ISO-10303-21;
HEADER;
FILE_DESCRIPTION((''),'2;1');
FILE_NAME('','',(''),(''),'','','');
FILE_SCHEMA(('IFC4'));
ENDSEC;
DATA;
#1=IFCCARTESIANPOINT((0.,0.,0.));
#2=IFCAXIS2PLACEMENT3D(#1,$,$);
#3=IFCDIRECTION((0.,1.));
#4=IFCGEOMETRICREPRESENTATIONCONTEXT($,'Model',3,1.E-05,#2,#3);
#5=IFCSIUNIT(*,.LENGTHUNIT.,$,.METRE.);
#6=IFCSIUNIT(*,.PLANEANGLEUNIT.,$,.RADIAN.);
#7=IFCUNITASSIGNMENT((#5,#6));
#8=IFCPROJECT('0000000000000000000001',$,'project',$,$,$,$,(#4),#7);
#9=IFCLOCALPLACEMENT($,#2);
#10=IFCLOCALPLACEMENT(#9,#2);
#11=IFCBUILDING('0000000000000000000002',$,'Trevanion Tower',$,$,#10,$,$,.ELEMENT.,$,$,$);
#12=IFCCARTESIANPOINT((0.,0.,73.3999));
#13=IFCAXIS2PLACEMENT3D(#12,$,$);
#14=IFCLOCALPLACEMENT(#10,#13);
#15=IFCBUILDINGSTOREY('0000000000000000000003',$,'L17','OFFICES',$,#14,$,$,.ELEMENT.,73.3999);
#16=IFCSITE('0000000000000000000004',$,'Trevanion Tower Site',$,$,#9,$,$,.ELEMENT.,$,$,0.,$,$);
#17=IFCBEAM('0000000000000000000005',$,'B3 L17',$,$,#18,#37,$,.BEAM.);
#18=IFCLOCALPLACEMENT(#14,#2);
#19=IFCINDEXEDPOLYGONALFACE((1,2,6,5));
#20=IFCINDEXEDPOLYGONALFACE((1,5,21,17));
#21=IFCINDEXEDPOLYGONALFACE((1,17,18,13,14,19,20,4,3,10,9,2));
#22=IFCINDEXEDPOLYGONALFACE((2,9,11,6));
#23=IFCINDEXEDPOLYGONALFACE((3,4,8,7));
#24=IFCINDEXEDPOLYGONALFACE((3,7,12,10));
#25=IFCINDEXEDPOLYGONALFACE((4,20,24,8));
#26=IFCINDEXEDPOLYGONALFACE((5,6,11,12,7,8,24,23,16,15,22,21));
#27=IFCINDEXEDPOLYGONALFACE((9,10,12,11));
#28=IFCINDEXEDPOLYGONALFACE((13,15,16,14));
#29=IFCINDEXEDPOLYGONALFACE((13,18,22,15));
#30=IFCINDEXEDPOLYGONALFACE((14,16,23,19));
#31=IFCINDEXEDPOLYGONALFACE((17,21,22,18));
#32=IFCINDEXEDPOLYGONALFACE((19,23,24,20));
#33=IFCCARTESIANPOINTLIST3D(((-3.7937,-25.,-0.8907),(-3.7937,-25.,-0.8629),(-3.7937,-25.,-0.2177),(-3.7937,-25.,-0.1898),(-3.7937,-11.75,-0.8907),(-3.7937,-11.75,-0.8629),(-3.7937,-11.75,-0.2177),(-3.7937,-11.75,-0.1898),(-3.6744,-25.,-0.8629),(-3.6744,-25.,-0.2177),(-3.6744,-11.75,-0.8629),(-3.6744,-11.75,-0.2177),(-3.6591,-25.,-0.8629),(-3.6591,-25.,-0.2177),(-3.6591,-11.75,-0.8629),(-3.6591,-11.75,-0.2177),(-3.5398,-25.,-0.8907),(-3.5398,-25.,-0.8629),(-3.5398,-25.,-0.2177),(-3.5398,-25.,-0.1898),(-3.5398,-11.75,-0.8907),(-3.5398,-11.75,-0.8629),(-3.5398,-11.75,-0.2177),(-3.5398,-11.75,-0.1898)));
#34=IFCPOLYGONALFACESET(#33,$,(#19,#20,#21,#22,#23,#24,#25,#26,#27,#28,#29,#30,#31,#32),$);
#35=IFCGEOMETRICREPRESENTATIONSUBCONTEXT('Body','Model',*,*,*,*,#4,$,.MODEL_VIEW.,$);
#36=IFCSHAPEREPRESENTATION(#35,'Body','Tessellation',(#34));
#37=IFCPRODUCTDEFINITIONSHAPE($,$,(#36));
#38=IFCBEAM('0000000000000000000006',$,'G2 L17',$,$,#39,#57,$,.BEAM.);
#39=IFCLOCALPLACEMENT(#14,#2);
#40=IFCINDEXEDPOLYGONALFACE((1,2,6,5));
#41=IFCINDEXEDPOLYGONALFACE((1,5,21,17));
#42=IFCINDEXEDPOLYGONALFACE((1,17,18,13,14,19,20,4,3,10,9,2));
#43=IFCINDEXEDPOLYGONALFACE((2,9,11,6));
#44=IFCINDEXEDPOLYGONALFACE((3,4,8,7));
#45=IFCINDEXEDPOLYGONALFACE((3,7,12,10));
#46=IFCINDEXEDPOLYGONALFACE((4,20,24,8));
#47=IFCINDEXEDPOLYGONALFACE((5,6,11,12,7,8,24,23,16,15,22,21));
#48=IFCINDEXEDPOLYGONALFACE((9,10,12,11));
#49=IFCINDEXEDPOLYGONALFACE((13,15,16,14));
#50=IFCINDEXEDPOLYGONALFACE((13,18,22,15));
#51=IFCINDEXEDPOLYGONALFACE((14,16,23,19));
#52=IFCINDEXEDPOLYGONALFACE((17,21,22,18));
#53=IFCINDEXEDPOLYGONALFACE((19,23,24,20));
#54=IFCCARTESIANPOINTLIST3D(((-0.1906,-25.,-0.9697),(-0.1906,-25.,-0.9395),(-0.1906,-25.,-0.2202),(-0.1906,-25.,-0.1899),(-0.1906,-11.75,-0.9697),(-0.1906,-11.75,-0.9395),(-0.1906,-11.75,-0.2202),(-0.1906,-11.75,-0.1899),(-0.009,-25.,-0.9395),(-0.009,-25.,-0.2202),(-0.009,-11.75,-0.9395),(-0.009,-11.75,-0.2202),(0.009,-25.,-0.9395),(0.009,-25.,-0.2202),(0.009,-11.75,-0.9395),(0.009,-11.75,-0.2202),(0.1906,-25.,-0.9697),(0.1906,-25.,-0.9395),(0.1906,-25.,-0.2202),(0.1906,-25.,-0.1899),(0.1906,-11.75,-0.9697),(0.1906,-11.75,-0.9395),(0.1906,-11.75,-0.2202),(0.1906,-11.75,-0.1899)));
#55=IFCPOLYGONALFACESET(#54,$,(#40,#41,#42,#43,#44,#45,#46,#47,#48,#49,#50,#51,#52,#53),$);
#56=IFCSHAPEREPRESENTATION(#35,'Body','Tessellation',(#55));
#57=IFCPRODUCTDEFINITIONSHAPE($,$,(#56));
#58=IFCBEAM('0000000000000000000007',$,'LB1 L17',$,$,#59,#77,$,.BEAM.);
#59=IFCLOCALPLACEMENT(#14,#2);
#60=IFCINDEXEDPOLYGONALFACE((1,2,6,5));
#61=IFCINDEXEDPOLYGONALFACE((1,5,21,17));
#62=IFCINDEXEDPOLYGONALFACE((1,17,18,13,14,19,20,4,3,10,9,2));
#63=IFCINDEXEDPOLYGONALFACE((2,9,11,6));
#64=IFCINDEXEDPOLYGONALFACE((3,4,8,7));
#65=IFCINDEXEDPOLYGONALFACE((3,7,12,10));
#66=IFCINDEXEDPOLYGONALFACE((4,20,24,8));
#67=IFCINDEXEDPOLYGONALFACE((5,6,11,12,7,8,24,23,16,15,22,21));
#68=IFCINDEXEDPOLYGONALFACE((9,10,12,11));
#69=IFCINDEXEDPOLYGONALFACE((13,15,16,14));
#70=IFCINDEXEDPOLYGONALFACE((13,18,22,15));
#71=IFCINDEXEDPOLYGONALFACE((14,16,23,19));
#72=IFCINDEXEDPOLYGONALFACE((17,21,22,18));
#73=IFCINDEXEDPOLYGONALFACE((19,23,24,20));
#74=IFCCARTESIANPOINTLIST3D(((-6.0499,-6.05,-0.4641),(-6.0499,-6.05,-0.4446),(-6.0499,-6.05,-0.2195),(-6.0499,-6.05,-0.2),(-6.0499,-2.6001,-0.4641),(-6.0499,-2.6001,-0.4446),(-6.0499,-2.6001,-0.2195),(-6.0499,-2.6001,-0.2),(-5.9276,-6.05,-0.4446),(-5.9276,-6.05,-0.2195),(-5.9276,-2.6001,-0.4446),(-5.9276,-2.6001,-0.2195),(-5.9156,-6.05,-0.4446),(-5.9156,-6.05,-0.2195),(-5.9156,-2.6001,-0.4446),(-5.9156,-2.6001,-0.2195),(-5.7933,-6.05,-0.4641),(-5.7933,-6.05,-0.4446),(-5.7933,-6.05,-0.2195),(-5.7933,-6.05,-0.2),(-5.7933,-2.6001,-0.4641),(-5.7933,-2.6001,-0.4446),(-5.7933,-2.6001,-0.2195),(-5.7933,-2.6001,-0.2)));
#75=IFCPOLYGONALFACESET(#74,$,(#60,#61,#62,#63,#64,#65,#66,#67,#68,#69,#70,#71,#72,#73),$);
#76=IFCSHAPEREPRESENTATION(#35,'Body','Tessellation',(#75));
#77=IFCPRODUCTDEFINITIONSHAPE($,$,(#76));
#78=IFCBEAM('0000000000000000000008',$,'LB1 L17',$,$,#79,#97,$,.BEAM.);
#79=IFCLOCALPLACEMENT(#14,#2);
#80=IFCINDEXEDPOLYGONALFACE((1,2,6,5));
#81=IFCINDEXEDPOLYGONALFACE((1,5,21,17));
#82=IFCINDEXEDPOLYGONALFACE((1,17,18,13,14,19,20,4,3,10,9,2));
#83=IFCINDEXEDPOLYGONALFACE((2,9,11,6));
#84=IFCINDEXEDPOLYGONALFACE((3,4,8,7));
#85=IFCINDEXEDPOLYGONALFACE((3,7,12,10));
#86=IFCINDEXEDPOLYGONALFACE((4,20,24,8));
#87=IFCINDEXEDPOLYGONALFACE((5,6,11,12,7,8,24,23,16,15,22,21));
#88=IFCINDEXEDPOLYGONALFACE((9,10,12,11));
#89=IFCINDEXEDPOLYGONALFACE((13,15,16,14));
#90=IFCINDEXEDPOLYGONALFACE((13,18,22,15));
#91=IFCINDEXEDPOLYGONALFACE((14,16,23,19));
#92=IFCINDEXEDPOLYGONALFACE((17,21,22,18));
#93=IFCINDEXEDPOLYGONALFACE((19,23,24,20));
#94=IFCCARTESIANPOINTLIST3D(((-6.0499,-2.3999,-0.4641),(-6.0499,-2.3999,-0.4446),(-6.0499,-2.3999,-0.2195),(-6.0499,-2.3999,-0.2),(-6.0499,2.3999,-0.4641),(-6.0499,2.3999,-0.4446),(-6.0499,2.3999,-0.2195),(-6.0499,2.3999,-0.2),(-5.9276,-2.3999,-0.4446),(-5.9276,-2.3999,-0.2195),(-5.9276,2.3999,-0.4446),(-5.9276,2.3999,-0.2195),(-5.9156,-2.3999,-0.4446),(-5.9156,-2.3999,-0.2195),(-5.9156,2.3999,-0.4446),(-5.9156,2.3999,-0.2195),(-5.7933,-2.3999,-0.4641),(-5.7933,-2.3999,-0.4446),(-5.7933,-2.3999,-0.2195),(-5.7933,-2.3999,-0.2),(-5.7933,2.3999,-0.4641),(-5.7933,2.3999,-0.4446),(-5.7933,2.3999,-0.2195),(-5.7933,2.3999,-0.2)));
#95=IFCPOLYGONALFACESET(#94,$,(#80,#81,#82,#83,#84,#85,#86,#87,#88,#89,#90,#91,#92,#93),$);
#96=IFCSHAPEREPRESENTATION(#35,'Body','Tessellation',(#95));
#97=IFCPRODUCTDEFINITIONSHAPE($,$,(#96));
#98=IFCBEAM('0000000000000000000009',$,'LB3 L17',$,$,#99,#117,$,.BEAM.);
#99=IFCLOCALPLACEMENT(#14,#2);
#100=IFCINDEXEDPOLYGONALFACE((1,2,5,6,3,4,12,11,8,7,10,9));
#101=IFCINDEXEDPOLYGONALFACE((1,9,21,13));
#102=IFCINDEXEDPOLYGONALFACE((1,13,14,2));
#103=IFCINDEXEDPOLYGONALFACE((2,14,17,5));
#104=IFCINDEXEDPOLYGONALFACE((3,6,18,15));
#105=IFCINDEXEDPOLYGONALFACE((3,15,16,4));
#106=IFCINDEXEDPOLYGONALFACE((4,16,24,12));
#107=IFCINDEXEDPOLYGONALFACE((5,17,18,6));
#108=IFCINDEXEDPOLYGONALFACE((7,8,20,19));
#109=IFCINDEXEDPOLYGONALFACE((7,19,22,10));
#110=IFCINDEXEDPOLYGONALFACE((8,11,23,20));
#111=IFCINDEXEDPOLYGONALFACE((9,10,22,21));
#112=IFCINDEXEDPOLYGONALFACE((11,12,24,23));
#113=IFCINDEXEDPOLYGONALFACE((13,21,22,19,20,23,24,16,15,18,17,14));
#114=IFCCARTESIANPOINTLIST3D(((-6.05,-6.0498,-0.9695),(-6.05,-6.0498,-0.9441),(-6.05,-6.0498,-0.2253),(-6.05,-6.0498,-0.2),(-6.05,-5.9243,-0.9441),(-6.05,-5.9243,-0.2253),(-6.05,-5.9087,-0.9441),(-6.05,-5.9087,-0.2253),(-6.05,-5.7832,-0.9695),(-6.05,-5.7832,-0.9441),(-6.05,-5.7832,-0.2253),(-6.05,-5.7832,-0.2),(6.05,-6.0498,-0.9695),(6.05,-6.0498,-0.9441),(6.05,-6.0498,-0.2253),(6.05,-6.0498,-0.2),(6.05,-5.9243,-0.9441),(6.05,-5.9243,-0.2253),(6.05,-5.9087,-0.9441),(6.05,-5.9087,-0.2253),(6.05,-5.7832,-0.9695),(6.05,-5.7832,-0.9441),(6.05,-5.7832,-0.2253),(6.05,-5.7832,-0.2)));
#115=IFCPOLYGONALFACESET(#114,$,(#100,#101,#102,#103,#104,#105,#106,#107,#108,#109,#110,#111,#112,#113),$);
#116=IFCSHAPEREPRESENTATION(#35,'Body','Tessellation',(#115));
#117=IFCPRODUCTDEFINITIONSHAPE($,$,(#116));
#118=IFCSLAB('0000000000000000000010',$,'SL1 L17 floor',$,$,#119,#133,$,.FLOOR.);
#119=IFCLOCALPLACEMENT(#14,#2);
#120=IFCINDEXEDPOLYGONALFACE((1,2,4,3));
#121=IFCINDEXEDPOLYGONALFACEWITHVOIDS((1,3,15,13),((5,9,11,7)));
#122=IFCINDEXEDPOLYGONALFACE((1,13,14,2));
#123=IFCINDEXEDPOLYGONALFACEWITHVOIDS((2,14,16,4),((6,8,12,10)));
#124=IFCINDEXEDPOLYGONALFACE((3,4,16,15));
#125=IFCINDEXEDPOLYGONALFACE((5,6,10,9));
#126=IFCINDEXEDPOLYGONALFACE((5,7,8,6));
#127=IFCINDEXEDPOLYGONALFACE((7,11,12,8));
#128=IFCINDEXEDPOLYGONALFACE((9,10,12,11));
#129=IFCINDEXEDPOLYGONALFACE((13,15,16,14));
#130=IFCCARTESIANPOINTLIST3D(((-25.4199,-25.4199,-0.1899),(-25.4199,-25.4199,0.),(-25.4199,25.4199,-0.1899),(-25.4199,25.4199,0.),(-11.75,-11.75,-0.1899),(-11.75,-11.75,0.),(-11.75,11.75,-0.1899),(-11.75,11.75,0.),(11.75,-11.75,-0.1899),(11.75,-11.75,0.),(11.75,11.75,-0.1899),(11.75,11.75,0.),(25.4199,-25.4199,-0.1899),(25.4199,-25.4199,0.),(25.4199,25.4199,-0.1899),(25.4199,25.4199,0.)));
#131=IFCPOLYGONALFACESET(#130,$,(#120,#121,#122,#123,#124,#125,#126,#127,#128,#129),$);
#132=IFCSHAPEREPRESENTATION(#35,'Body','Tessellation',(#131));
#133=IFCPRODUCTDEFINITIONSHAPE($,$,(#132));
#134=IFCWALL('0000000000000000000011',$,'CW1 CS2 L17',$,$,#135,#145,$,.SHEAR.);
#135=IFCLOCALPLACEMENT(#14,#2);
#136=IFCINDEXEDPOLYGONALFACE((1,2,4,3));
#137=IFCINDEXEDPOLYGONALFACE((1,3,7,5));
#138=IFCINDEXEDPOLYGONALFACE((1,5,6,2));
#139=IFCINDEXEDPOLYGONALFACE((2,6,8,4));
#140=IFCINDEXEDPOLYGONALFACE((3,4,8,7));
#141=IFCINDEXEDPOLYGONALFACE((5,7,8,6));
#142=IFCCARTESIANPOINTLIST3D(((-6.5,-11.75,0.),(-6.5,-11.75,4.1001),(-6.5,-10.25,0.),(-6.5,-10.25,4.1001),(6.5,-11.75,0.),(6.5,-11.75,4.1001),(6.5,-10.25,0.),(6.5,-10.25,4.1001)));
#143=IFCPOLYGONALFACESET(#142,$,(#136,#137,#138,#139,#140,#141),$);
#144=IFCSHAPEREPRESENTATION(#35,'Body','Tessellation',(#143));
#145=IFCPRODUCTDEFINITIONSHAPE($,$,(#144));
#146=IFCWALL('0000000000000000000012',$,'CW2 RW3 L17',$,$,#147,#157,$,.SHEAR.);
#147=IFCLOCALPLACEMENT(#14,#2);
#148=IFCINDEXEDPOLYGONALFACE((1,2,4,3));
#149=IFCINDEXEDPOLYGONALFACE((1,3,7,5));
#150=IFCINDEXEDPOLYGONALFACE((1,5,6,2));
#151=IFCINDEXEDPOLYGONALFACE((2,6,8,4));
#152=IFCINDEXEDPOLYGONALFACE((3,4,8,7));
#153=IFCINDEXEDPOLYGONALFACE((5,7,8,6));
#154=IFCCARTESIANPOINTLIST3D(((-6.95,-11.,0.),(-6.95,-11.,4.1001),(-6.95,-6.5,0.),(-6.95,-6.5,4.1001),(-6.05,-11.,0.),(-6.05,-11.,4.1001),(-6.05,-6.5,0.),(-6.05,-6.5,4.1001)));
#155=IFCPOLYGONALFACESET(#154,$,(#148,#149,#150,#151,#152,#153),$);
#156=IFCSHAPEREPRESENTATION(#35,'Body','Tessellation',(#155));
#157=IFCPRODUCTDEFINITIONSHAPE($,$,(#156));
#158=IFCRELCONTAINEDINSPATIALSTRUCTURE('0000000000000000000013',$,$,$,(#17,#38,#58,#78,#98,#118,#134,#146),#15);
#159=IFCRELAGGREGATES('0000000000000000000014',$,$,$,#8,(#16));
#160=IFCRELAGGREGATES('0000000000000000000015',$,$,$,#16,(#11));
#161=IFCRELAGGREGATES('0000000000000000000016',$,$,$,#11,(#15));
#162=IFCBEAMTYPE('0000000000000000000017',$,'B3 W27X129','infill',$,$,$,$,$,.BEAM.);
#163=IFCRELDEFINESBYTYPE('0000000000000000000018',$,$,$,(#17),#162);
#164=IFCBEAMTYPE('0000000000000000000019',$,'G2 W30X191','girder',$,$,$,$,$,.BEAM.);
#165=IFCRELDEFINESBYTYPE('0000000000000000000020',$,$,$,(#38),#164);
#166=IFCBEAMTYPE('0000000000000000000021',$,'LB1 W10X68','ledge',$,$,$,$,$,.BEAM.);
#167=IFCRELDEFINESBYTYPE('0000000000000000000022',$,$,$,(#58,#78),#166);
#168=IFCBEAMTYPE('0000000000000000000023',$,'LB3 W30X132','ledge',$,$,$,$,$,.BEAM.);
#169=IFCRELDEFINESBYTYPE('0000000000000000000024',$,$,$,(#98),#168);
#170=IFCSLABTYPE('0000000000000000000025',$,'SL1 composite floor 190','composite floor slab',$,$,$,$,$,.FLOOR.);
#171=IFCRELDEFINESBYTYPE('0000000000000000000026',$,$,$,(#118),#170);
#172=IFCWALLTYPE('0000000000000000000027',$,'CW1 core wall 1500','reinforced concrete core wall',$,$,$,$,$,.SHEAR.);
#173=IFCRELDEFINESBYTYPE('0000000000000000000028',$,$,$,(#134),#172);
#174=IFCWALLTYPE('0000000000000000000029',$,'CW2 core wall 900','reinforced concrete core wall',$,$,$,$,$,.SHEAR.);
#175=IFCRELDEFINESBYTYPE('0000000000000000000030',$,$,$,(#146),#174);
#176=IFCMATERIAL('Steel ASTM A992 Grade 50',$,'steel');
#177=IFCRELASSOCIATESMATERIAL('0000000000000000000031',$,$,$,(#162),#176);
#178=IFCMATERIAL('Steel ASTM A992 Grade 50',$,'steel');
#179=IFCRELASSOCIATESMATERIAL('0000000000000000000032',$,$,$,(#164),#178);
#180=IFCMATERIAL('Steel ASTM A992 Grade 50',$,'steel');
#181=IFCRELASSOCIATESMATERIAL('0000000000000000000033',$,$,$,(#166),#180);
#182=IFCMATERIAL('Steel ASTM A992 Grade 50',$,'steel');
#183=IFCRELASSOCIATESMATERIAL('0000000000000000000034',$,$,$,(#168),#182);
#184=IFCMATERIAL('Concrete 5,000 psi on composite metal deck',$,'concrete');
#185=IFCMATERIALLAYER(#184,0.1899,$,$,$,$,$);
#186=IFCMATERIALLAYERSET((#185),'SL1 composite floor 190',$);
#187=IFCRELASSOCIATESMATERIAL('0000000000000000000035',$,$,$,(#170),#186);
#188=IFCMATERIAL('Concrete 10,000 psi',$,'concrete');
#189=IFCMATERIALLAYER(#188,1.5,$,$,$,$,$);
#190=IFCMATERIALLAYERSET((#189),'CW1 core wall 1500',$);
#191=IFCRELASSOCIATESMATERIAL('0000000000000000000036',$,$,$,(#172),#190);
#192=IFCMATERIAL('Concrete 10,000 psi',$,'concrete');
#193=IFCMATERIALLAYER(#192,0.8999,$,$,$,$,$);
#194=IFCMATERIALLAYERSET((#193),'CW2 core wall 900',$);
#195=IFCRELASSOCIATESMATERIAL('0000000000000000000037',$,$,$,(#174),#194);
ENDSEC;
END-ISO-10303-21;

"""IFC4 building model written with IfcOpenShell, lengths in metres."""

from ifc_helpers import new_model, si_unit, direction, frame, frame_2d, origin, origin_2d, place, context, subcontext, project, spatial, polyline, rectangle, i_section, outline, extrude, material, layer, layer_set, material_profile, profile_set, type_object, element, save


model = new_model("IFC4")

# Units and contexts
model_context = context("Model", 3, precision=1e-05, world=origin(), true_north=direction((0.0, 1.0)))
body_context = subcontext(model_context, "Body", "Model", "MODEL_VIEW")
ifc_project = project(units=[si_unit("LENGTHUNIT", "METRE"), si_unit("PLANEANGLEUNIT", "RADIAN")], contexts=[model_context])

# Site, building, storey
site_placement = place(None, origin())
site = spatial("IfcSite", under=ifc_project, at=site_placement, Name="Trevanion Tower Site", CompositionType="ELEMENT", RefElevation=0.0)
building_placement = place(site_placement, origin())
building = spatial("IfcBuilding", under=site, at=building_placement, Name="Trevanion Tower", CompositionType="ELEMENT")
storey_placement = place(building_placement, frame((0.0, 0.0, 73.3999)))
storey = spatial("IfcBuildingStorey", under=building, at=storey_placement, Name="L17", Description="OFFICES", CompositionType="ELEMENT", Elevation=73.3999)

# Beams
ifc_material_1 = material(Name="Steel ASTM A992 Grade 50", Category="steel")
ifc_material_profile_1 = material_profile(ifc_material_1, i_section(OverallWidth=0.2539, OverallDepth=0.7009, WebThickness=0.0154, FlangeThickness=0.0278, at=origin_2d()), Name="W27X129")
ifc_profile_set_1 = profile_set([ifc_material_profile_1], Name="Steel ASTM A992 Grade 50")
beam_type_1 = type_object("IfcBeamType", Name="B3 W27X129", Description="infill", PredefinedType="BEAM", material=ifc_profile_set_1)
beam_1_placement = place(storey_placement, frame((-3.6667, -11.75, -0.5403), z_axis=(0.0, -1.0, 0.0), x_axis=(1.0, 0.0, 0.0)))
element("IfcBeam", 1, at=beam_1_placement, inside=storey, type_object=beam_type_1, Name="B3 L17", PredefinedType="BEAM", context=body_context, shape_type="SweptSolid", body=[
    extrude(i_section(OverallWidth=0.2539, OverallDepth=0.7009, WebThickness=0.0154, FlangeThickness=0.0278, at=origin_2d()), origin(), (0.0, 0.0, 1.0), 13.25),
])
ifc_material_2 = material(Name="Steel ASTM A992 Grade 50", Category="steel")
ifc_material_profile_2 = material_profile(ifc_material_2, i_section(OverallWidth=0.3811, OverallDepth=0.7798, WebThickness=0.0181, FlangeThickness=0.0303, at=origin_2d()), Name="W30X191")
ifc_profile_set_2 = profile_set([ifc_material_profile_2], Name="Steel ASTM A992 Grade 50")
beam_type_2 = type_object("IfcBeamType", Name="G2 W30X191", Description="girder", PredefinedType="BEAM", material=ifc_profile_set_2)
beam_2_placement = place(storey_placement, frame((0.0, -11.75, -0.5798), z_axis=(0.0, -1.0, 0.0), x_axis=(1.0, 0.0, 0.0)))
element("IfcBeam", 2, at=beam_2_placement, inside=storey, type_object=beam_type_2, Name="G2 L17", PredefinedType="BEAM", context=body_context, shape_type="SweptSolid", body=[
    extrude(i_section(OverallWidth=0.3811, OverallDepth=0.7798, WebThickness=0.0181, FlangeThickness=0.0303, at=origin_2d()), origin(), (0.0, 0.0, 1.0), 13.25),
])
ifc_material_3 = material(Name="Steel ASTM A992 Grade 50", Category="steel")
ifc_material_profile_3 = material_profile(ifc_material_3, i_section(OverallWidth=0.2566, OverallDepth=0.2642, WebThickness=0.012, FlangeThickness=0.0195, at=origin_2d()), Name="W10X68")
ifc_profile_set_3 = profile_set([ifc_material_profile_3], Name="Steel ASTM A992 Grade 50")
beam_type_3 = type_object("IfcBeamType", Name="LB1 W10X68", Description="ledge", PredefinedType="BEAM", material=ifc_profile_set_3)
beam_3_placement = place(storey_placement, frame((-5.9216, -6.05, -0.332), z_axis=(0.0, 1.0, 0.0), x_axis=(-1.0, 0.0, 0.0)))
element("IfcBeam", 3, at=beam_3_placement, inside=storey, type_object=beam_type_3, Name="LB1 L17", PredefinedType="BEAM", context=body_context, shape_type="SweptSolid", body=[
    extrude(i_section(OverallWidth=0.2566, OverallDepth=0.2642, WebThickness=0.012, FlangeThickness=0.0195, at=origin_2d()), origin(), (0.0, 0.0, 1.0), 3.45),
])
beam_4_placement = place(storey_placement, frame((-5.9216, -2.3999, -0.332), z_axis=(0.0, 1.0, 0.0), x_axis=(-1.0, 0.0, 0.0)))
element("IfcBeam", 4, at=beam_4_placement, inside=storey, type_object=beam_type_3, Name="LB1 L17", PredefinedType="BEAM", context=body_context, shape_type="SweptSolid", body=[
    extrude(i_section(OverallWidth=0.2566, OverallDepth=0.2642, WebThickness=0.012, FlangeThickness=0.0195, at=origin_2d()), origin(), (0.0, 0.0, 1.0), 4.7998),
])
ifc_material_4 = material(Name="Steel ASTM A992 Grade 50", Category="steel")
ifc_material_profile_4 = material_profile(ifc_material_4, i_section(OverallWidth=0.2666, OverallDepth=0.7695, WebThickness=0.0156, FlangeThickness=0.0254, at=origin_2d()), Name="W30X132")
ifc_profile_set_4 = profile_set([ifc_material_profile_4], Name="Steel ASTM A992 Grade 50")
beam_type_4 = type_object("IfcBeamType", Name="LB3 W30X132", Description="ledge", PredefinedType="BEAM", material=ifc_profile_set_4)
beam_5_placement = place(storey_placement, frame((-6.05, -5.9165, -0.5847), z_axis=(1.0, 0.0, 0.0), x_axis=(0.0, 1.0, 0.0)))
element("IfcBeam", 5, at=beam_5_placement, inside=storey, type_object=beam_type_4, Name="LB3 L17", PredefinedType="BEAM", context=body_context, shape_type="SweptSolid", body=[
    extrude(i_section(OverallWidth=0.2666, OverallDepth=0.7695, WebThickness=0.0156, FlangeThickness=0.0254, at=origin_2d()), origin(), (0.0, 0.0, 1.0), 12.1001),
])

# Slab
ifc_material_5 = material(Name="Concrete 5,000 psi on composite metal deck", Category="concrete")
ifc_layer_1 = layer(ifc_material_5, 0.1899)
ifc_layer_set_1 = layer_set([ifc_layer_1], Name="SL1 composite floor 190")
slab_type = type_object("IfcSlabType", Name="SL1 composite floor 190", Description="composite floor slab", PredefinedType="FLOOR", material=ifc_layer_set_1)
slab_placement = place(storey_placement, frame((0.0, 0.0, -0.1899)))
element("IfcSlab", 6, at=slab_placement, inside=storey, type_object=slab_type, Name="SL1 L17 floor", PredefinedType="FLOOR", context=body_context, shape_type="SweptSolid", body=[
    extrude(outline(polyline([(25.4199, -25.4199), (25.4199, 25.4199), (-25.4199, 25.4199), (-25.4199, -25.4199), (25.4199, -25.4199)]), holes=[polyline([(11.75, -11.75), (11.75, 11.75), (-11.75, 11.75), (-11.75, -11.75), (11.75, -11.75)])]), origin(), (0.0, 0.0, 1.0), 0.1899),
])

# Walls
ifc_material_6 = material(Name="Concrete 10,000 psi", Category="concrete")
ifc_layer_2 = layer(ifc_material_6, 1.5)
ifc_layer_set_2 = layer_set([ifc_layer_2], Name="CW1 core wall 1500")
wall_type_1 = type_object("IfcWallType", Name="CW1 core wall 1500", Description="reinforced concrete core wall", PredefinedType="SHEAR", material=ifc_layer_set_2)
wall_1_placement = place(storey_placement, frame((-6.5, -11.0, 0.0), z_axis=(0.0, 0.0, 1.0), x_axis=(1.0, 0.0, 0.0)))
element("IfcWall", 7, at=wall_1_placement, inside=storey, type_object=wall_type_1, Name="CW1 CS2 L17", PredefinedType="SHEAR", context=body_context, shape_type="SweptSolid", body=[
    extrude(rectangle(XDim=13.0, YDim=1.5, at=frame_2d((6.5, 0.0))), origin(), (0.0, 0.0, 1.0), 4.1001),
])
ifc_material_7 = material(Name="Concrete 10,000 psi", Category="concrete")
ifc_layer_3 = layer(ifc_material_7, 0.8999)
ifc_layer_set_3 = layer_set([ifc_layer_3], Name="CW2 core wall 900")
wall_type_2 = type_object("IfcWallType", Name="CW2 core wall 900", Description="reinforced concrete core wall", PredefinedType="SHEAR", material=ifc_layer_set_3)
wall_2_placement = place(storey_placement, frame((-6.5, -6.5, 0.0), z_axis=(0.0, 0.0, 1.0), x_axis=(0.0, -1.0, 0.0)))
element("IfcWall", 8, at=wall_2_placement, inside=storey, type_object=wall_type_2, Name="CW2 RW3 L17", PredefinedType="SHEAR", context=body_context, shape_type="SweptSolid", body=[
    extrude(rectangle(XDim=4.5, YDim=0.8999, at=frame_2d((2.25, 0.0))), origin(), (0.0, 0.0, 1.0), 4.1001),
])

save(model, "model.ifc")
